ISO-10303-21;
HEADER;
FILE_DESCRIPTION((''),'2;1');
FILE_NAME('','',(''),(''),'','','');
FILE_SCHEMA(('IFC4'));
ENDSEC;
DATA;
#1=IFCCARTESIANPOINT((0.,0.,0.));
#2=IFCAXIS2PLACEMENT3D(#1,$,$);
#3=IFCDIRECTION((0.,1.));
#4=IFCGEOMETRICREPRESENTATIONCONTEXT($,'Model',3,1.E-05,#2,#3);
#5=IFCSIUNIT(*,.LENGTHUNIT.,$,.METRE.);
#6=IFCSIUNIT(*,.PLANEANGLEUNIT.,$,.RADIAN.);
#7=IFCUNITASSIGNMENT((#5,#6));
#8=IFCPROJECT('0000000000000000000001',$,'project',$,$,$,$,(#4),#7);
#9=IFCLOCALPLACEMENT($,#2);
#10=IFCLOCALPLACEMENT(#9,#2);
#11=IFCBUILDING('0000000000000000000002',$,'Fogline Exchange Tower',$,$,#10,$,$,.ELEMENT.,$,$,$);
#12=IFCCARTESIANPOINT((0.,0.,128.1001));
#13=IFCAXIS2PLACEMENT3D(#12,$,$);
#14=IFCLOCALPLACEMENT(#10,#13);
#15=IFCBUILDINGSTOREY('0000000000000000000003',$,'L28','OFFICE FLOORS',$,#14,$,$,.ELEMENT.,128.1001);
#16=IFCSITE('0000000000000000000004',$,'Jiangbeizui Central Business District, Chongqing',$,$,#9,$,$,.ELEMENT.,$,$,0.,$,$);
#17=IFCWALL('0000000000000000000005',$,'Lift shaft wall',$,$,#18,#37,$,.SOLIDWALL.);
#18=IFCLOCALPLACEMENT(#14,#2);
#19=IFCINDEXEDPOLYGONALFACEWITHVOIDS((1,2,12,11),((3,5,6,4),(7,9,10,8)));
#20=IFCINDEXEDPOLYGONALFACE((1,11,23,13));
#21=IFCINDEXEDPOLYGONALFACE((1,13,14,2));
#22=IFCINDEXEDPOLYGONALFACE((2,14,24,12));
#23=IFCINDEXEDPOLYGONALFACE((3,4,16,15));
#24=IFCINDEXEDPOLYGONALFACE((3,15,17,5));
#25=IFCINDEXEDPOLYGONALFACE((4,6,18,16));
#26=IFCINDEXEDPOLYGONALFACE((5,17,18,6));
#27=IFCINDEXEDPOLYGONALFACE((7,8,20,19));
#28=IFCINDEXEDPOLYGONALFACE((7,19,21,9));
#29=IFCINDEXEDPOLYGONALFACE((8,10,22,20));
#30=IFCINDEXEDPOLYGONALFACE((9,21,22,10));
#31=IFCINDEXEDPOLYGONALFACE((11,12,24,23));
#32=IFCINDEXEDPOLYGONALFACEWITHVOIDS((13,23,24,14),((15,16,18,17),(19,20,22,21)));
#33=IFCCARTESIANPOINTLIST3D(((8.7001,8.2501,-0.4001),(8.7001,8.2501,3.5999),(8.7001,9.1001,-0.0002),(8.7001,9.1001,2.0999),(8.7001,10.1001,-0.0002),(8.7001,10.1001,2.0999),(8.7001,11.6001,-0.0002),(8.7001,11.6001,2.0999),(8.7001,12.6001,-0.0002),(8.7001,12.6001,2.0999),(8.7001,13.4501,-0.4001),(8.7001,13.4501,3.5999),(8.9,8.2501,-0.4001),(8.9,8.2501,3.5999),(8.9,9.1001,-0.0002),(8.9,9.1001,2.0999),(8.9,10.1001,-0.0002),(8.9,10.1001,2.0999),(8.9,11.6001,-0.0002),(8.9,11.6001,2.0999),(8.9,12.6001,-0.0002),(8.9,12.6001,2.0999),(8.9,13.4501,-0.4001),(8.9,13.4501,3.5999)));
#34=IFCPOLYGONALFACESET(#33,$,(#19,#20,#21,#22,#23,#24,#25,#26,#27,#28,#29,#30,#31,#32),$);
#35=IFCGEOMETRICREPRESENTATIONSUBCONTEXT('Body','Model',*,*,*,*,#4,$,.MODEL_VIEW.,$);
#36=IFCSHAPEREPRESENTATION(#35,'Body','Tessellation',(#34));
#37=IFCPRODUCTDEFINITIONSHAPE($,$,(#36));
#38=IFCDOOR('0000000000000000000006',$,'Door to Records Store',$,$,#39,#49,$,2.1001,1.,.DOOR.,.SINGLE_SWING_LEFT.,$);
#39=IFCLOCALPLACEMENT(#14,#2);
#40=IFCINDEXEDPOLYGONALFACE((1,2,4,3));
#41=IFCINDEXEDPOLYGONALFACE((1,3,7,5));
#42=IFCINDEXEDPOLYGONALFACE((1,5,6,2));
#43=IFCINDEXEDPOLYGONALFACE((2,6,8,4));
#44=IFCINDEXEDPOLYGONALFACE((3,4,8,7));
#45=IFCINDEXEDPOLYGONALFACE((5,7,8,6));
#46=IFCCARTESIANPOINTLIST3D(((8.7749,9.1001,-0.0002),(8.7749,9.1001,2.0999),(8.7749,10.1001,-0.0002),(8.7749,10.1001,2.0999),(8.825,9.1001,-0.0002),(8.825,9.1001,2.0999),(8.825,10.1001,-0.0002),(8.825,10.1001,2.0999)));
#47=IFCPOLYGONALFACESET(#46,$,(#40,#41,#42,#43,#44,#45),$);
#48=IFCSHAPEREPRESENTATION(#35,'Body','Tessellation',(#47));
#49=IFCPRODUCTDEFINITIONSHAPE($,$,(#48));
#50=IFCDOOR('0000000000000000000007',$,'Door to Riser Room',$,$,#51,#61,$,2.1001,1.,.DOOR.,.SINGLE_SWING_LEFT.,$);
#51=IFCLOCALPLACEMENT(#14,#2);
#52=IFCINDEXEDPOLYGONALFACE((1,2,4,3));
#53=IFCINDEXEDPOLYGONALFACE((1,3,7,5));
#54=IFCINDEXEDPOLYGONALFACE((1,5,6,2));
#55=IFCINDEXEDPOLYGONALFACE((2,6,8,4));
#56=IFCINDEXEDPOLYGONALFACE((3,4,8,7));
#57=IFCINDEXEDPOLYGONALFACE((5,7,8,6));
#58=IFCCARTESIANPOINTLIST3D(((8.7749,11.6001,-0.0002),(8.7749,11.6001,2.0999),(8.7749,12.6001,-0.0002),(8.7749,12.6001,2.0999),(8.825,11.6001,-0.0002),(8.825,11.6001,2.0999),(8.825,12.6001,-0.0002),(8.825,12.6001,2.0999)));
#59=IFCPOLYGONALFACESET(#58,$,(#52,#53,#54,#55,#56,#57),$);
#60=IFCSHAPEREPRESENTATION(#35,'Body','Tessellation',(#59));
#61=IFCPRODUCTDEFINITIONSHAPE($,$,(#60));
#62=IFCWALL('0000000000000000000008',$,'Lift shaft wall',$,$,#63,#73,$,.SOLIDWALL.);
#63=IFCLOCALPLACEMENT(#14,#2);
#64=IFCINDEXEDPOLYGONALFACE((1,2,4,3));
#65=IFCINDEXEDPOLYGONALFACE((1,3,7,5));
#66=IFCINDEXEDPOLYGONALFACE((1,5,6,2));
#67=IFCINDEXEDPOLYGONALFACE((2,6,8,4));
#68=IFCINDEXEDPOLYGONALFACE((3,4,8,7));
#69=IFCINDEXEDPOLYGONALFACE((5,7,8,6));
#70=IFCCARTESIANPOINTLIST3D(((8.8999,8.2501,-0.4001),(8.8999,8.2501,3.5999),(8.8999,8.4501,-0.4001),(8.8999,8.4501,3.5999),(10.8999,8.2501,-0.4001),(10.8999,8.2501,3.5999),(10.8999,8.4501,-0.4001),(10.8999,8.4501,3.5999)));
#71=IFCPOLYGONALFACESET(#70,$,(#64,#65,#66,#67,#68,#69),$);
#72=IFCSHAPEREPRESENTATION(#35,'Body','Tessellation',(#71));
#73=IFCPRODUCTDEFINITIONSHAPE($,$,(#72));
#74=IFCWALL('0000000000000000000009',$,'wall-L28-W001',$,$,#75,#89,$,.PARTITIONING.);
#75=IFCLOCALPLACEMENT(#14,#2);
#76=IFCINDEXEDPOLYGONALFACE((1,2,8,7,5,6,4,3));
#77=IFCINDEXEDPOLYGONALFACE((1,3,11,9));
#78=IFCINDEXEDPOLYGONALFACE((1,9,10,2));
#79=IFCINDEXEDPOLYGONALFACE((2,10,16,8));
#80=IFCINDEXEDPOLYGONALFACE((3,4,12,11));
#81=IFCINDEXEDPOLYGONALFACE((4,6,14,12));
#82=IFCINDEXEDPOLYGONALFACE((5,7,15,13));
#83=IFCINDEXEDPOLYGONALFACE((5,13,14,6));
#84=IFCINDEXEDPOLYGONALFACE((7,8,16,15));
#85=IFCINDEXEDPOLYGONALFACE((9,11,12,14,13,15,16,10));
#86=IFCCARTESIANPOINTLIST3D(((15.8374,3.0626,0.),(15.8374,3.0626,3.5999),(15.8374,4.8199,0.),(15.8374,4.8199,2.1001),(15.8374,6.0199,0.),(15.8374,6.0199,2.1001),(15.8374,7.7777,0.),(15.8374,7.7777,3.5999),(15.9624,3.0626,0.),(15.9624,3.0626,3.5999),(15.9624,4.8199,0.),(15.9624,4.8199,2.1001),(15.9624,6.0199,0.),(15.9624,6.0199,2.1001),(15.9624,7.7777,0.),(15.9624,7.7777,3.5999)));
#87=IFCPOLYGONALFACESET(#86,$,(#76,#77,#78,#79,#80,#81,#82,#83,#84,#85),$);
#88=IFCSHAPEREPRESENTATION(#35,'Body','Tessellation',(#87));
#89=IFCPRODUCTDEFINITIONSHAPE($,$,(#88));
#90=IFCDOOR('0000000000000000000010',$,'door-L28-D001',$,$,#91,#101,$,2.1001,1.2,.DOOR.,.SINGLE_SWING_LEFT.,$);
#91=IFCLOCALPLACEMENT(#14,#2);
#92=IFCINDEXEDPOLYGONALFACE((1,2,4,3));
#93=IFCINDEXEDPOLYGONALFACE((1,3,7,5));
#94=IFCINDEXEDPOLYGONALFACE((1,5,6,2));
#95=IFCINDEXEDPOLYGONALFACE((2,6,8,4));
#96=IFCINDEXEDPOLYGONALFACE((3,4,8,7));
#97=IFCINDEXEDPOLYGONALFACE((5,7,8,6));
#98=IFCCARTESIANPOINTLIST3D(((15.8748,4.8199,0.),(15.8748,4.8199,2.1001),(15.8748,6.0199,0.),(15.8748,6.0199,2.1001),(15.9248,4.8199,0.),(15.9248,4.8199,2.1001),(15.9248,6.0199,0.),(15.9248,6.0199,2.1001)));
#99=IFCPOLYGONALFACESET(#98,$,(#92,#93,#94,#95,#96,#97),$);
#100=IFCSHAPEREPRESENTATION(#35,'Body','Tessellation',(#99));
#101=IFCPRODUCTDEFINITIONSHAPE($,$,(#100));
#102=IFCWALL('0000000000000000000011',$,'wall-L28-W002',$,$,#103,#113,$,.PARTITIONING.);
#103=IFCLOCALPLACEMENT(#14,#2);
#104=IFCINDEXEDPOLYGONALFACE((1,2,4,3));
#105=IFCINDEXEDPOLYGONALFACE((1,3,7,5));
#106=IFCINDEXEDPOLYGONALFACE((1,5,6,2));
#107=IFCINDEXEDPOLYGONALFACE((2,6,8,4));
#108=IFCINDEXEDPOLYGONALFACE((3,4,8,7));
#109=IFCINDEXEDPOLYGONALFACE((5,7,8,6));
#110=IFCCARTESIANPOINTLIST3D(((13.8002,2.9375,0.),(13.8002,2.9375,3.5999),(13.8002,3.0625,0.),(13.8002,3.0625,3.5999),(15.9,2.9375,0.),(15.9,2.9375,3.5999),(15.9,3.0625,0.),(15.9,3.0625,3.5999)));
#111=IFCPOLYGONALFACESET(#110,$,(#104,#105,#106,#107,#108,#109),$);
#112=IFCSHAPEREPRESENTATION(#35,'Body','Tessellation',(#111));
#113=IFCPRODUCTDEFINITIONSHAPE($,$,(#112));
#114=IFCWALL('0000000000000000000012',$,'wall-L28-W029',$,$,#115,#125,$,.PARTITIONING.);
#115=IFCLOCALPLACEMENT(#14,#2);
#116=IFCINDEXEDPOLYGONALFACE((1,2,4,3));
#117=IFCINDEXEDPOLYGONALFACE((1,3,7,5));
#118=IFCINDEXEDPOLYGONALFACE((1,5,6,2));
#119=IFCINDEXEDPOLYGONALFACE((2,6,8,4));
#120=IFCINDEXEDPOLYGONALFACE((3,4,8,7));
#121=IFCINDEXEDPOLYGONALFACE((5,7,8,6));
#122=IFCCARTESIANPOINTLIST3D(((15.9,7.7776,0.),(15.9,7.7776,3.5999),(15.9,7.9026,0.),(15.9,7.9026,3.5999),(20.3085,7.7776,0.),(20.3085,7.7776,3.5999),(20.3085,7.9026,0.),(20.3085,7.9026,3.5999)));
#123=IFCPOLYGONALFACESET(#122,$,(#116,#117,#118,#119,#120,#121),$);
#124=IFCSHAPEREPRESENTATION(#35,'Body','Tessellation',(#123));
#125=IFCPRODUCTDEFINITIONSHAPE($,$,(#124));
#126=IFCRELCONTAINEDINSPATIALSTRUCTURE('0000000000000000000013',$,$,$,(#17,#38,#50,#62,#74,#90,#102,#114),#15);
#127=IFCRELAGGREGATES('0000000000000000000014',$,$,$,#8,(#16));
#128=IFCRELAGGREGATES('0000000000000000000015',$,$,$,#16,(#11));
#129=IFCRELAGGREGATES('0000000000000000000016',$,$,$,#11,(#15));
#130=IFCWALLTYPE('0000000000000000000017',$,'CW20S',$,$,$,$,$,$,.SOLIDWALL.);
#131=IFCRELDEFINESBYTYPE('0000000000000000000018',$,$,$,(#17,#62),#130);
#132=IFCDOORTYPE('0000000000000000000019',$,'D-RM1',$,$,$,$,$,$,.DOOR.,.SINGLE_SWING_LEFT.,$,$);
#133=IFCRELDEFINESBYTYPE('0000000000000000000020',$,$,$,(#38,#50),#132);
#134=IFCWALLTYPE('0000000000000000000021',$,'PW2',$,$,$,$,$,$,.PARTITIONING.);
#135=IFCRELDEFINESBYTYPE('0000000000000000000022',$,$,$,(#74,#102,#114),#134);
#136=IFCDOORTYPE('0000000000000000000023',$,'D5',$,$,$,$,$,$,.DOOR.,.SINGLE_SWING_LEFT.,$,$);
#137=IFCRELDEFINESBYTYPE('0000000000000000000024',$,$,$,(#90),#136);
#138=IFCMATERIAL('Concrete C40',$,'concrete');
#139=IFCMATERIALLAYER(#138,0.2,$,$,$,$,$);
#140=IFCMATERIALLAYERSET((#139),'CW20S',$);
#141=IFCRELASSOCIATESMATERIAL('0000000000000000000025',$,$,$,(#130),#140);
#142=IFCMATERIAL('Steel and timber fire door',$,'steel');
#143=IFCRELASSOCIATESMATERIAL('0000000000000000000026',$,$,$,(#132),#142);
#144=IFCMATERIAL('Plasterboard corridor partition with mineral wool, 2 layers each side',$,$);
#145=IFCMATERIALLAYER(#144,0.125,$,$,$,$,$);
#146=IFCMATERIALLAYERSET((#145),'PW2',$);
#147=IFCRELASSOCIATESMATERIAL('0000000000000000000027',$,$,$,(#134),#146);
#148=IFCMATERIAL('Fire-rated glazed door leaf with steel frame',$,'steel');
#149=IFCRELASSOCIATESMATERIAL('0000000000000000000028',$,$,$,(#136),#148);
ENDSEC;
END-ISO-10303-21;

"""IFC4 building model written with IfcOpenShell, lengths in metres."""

from ifc_helpers import new_model, si_unit, direction, frame, frame_2d, origin, place, context, subcontext, project, spatial, rectangle, extrude, material, layer, layer_set, type_object, element, fill, save


model = new_model("IFC4")

# Units and contexts
model_context = context("Model", 3, precision=1e-05, world=origin(), true_north=direction((0.0, 1.0)))
body_context = subcontext(model_context, "Body", "Model", "MODEL_VIEW")
ifc_project = project(units=[si_unit("LENGTHUNIT", "METRE"), si_unit("PLANEANGLEUNIT", "RADIAN")], contexts=[model_context])

# Site, building, storey
site_placement = place(None, origin())
site = spatial("IfcSite", under=ifc_project, at=site_placement, Name="Jiangbeizui Central Business District, Chongqing", CompositionType="ELEMENT", RefElevation=0.0)
building_placement = place(site_placement, origin())
building = spatial("IfcBuilding", under=site, at=building_placement, Name="Fogline Exchange Tower", CompositionType="ELEMENT")
storey_placement = place(building_placement, frame((0.0, 0.0, 128.1001)))
storey = spatial("IfcBuildingStorey", under=building, at=storey_placement, Name="L28", Description="OFFICE FLOORS", CompositionType="ELEMENT", Elevation=128.1001)

# Shared definitions
ifc_material_1 = material(Name="Concrete C40", Category="concrete")

# Shared definitions
ifc_material_2 = material(Name="Steel and timber fire door", Category="steel")

# Wall, openings, doors
ifc_layer_1 = layer(ifc_material_1, 0.2)
ifc_layer_set_1 = layer_set([ifc_layer_1], Name="CW20S")
wall_type_1 = type_object("IfcWallType", Name="CW20S", PredefinedType="SOLIDWALL", material=ifc_layer_set_1)
wall_1_placement = place(storey_placement, frame((8.8, 8.25, -0.4001), z_axis=(0.0, 0.0, 1.0), x_axis=(0.0, 1.0, 0.0)))
wall_1 = element("IfcWall", 1, at=wall_1_placement, inside=storey, type_object=wall_type_1, Name="Lift shaft wall", PredefinedType="SOLIDWALL", context=body_context, shape_type="SweptSolid", body=[
    extrude(rectangle(XDim=5.2, YDim=0.2, at=frame_2d((2.6001, 0.0))), origin(), (0.0, 0.0, 1.0), 4.0),
])
opening_1_placement = place(wall_1_placement, frame((0.8501, 0.0, 0.3999)))
opening_1 = element("IfcOpeningElement", 2, at=opening_1_placement, cuts=wall_1, PredefinedType="OPENING", context=body_context, shape_type="SweptSolid", body=[
    extrude(rectangle(XDim=1.0, YDim=2.1001, at=frame_2d((0.5, 1.05))), frame((0.0, 0.1099, 0.0), z_axis=(0.0, -1.0, 0.0), x_axis=(1.0, 0.0, 0.0)), (0.0, 0.0, 1.0), 0.22),
])
opening_2_placement = place(wall_1_placement, frame((3.3501, 0.0, 0.3999)))
opening_2 = element("IfcOpeningElement", 3, at=opening_2_placement, cuts=wall_1, PredefinedType="OPENING", context=body_context, shape_type="SweptSolid", body=[
    extrude(rectangle(XDim=1.0, YDim=2.1001, at=frame_2d((0.5, 1.05))), frame((0.0, 0.1099, 0.0), z_axis=(0.0, -1.0, 0.0), x_axis=(1.0, 0.0, 0.0)), (0.0, 0.0, 1.0), 0.22),
])
door_type_1 = type_object("IfcDoorType", Name="D-RM1", OperationType="SINGLE_SWING_LEFT", PredefinedType="DOOR", material=ifc_material_2)
door_1_placement = place(opening_1_placement, frame((1.0, 0.0, 0.0), z_axis=(0.0, 0.0, 1.0), x_axis=(-1.0, 0.0, 0.0)))
door_1 = element("IfcDoor", 4, at=door_1_placement, inside=storey, type_object=door_type_1, Name="Door to Records Store", OperationType="SINGLE_SWING_LEFT", OverallHeight=2.1001, OverallWidth=1.0, PredefinedType="DOOR", context=body_context, shape_type="SweptSolid", body=[
    extrude(rectangle(XDim=1.0, YDim=2.1001, at=frame_2d((0.5, 1.05))), frame((0.0, 0.0249, 0.0), z_axis=(0.0, -1.0, 0.0), x_axis=(1.0, 0.0, 0.0)), (0.0, 0.0, 1.0), 0.05),
])
fill(opening_1, door_1)
door_2_placement = place(opening_2_placement, frame((1.0, 0.0, 0.0), z_axis=(0.0, 0.0, 1.0), x_axis=(-1.0, 0.0, 0.0)))
door_2 = element("IfcDoor", 5, at=door_2_placement, inside=storey, type_object=door_type_1, Name="Door to Riser Room", OperationType="SINGLE_SWING_LEFT", OverallHeight=2.1001, OverallWidth=1.0, PredefinedType="DOOR", context=body_context, shape_type="SweptSolid", body=[
    extrude(rectangle(XDim=1.0, YDim=2.1001, at=frame_2d((0.5, 1.05))), frame((0.0, 0.0249, 0.0), z_axis=(0.0, -1.0, 0.0), x_axis=(1.0, 0.0, 0.0)), (0.0, 0.0, 1.0), 0.05),
])
fill(opening_2, door_2)

# Wall
wall_2_placement = place(storey_placement, frame((8.8999, 8.3501, -0.4001), z_axis=(0.0, 0.0, 1.0), x_axis=(1.0, 0.0, 0.0)))
element("IfcWall", 6, at=wall_2_placement, inside=storey, type_object=wall_type_1, Name="Lift shaft wall", PredefinedType="SOLIDWALL", context=body_context, shape_type="SweptSolid", body=[
    extrude(rectangle(XDim=2.0, YDim=0.2, at=frame_2d((1.0, 0.0))), origin(), (0.0, 0.0, 1.0), 4.0),
])

# Wall, opening, door
ifc_material_3 = material(Name="Plasterboard corridor partition with mineral wool, 2 layers each side")
ifc_layer_2 = layer(ifc_material_3, 0.125)
ifc_layer_set_2 = layer_set([ifc_layer_2], Name="PW2")
wall_type_2 = type_object("IfcWallType", Name="PW2", PredefinedType="PARTITIONING", material=ifc_layer_set_2)
wall_3_placement = place(storey_placement, frame((15.8999, 7.7776, 0.0), z_axis=(0.0, 0.0, 1.0), x_axis=(0.0, -1.0, 0.0)))
wall_3 = element("IfcWall", 7, at=wall_3_placement, inside=storey, type_object=wall_type_2, Name="wall-L28-W001", PredefinedType="PARTITIONING", context=body_context, shape_type="SweptSolid", body=[
    extrude(rectangle(XDim=4.7151, YDim=0.125, at=frame_2d((2.3574, 0.0))), origin(), (0.0, 0.0, 1.0), 3.5999),
])
opening_3_placement = place(wall_3_placement, frame((1.7576, 0.0, 0.0)))
opening_3 = element("IfcOpeningElement", 8, at=opening_3_placement, cuts=wall_3, PredefinedType="OPENING", context=body_context, shape_type="SweptSolid", body=[
    extrude(rectangle(XDim=1.2, YDim=2.1001, at=frame_2d((0.6001, 1.05))), frame((0.0, 0.0725, 0.0), z_axis=(0.0, -1.0, 0.0), x_axis=(1.0, 0.0, 0.0)), (0.0, 0.0, 1.0), 0.145),
])
ifc_material_4 = material(Name="Fire-rated glazed door leaf with steel frame", Category="steel")
door_type_2 = type_object("IfcDoorType", Name="D5", OperationType="SINGLE_SWING_LEFT", PredefinedType="DOOR", material=ifc_material_4)
door_3_placement = place(opening_3_placement, origin())
door_3 = element("IfcDoor", 9, at=door_3_placement, inside=storey, type_object=door_type_2, Name="door-L28-D001", OperationType="SINGLE_SWING_LEFT", OverallHeight=2.1001, OverallWidth=1.2, PredefinedType="DOOR", context=body_context, shape_type="SweptSolid", body=[
    extrude(rectangle(XDim=1.2, YDim=2.1001, at=frame_2d((0.6001, 1.05))), frame((0.0, 0.0249, 0.0), z_axis=(0.0, -1.0, 0.0), x_axis=(1.0, 0.0, 0.0)), (0.0, 0.0, 1.0), 0.05),
])
fill(opening_3, door_3)

# Walls
wall_4_placement = place(storey_placement, frame((15.8999, 3.0, 0.0), z_axis=(0.0, 0.0, 1.0), x_axis=(-1.0, 0.0, 0.0)))
element("IfcWall", 10, at=wall_4_placement, inside=storey, type_object=wall_type_2, Name="wall-L28-W002", PredefinedType="PARTITIONING", context=body_context, shape_type="SweptSolid", body=[
    extrude(rectangle(XDim=2.0999, YDim=0.125, at=frame_2d((1.0498, 0.0))), origin(), (0.0, 0.0, 1.0), 3.5999),
])
wall_5_placement = place(storey_placement, frame((20.3083, 7.8401, 0.0), z_axis=(0.0, 0.0, 1.0), x_axis=(-1.0, 0.0, 0.0)))
element("IfcWall", 11, at=wall_5_placement, inside=storey, type_object=wall_type_2, Name="wall-L28-W029", PredefinedType="PARTITIONING", context=body_context, shape_type="SweptSolid", body=[
    extrude(rectangle(XDim=4.4084, YDim=0.125, at=frame_2d((2.2041, 0.0))), origin(), (0.0, 0.0, 1.0), 3.5999),
])

save(model, "model.ifc")
